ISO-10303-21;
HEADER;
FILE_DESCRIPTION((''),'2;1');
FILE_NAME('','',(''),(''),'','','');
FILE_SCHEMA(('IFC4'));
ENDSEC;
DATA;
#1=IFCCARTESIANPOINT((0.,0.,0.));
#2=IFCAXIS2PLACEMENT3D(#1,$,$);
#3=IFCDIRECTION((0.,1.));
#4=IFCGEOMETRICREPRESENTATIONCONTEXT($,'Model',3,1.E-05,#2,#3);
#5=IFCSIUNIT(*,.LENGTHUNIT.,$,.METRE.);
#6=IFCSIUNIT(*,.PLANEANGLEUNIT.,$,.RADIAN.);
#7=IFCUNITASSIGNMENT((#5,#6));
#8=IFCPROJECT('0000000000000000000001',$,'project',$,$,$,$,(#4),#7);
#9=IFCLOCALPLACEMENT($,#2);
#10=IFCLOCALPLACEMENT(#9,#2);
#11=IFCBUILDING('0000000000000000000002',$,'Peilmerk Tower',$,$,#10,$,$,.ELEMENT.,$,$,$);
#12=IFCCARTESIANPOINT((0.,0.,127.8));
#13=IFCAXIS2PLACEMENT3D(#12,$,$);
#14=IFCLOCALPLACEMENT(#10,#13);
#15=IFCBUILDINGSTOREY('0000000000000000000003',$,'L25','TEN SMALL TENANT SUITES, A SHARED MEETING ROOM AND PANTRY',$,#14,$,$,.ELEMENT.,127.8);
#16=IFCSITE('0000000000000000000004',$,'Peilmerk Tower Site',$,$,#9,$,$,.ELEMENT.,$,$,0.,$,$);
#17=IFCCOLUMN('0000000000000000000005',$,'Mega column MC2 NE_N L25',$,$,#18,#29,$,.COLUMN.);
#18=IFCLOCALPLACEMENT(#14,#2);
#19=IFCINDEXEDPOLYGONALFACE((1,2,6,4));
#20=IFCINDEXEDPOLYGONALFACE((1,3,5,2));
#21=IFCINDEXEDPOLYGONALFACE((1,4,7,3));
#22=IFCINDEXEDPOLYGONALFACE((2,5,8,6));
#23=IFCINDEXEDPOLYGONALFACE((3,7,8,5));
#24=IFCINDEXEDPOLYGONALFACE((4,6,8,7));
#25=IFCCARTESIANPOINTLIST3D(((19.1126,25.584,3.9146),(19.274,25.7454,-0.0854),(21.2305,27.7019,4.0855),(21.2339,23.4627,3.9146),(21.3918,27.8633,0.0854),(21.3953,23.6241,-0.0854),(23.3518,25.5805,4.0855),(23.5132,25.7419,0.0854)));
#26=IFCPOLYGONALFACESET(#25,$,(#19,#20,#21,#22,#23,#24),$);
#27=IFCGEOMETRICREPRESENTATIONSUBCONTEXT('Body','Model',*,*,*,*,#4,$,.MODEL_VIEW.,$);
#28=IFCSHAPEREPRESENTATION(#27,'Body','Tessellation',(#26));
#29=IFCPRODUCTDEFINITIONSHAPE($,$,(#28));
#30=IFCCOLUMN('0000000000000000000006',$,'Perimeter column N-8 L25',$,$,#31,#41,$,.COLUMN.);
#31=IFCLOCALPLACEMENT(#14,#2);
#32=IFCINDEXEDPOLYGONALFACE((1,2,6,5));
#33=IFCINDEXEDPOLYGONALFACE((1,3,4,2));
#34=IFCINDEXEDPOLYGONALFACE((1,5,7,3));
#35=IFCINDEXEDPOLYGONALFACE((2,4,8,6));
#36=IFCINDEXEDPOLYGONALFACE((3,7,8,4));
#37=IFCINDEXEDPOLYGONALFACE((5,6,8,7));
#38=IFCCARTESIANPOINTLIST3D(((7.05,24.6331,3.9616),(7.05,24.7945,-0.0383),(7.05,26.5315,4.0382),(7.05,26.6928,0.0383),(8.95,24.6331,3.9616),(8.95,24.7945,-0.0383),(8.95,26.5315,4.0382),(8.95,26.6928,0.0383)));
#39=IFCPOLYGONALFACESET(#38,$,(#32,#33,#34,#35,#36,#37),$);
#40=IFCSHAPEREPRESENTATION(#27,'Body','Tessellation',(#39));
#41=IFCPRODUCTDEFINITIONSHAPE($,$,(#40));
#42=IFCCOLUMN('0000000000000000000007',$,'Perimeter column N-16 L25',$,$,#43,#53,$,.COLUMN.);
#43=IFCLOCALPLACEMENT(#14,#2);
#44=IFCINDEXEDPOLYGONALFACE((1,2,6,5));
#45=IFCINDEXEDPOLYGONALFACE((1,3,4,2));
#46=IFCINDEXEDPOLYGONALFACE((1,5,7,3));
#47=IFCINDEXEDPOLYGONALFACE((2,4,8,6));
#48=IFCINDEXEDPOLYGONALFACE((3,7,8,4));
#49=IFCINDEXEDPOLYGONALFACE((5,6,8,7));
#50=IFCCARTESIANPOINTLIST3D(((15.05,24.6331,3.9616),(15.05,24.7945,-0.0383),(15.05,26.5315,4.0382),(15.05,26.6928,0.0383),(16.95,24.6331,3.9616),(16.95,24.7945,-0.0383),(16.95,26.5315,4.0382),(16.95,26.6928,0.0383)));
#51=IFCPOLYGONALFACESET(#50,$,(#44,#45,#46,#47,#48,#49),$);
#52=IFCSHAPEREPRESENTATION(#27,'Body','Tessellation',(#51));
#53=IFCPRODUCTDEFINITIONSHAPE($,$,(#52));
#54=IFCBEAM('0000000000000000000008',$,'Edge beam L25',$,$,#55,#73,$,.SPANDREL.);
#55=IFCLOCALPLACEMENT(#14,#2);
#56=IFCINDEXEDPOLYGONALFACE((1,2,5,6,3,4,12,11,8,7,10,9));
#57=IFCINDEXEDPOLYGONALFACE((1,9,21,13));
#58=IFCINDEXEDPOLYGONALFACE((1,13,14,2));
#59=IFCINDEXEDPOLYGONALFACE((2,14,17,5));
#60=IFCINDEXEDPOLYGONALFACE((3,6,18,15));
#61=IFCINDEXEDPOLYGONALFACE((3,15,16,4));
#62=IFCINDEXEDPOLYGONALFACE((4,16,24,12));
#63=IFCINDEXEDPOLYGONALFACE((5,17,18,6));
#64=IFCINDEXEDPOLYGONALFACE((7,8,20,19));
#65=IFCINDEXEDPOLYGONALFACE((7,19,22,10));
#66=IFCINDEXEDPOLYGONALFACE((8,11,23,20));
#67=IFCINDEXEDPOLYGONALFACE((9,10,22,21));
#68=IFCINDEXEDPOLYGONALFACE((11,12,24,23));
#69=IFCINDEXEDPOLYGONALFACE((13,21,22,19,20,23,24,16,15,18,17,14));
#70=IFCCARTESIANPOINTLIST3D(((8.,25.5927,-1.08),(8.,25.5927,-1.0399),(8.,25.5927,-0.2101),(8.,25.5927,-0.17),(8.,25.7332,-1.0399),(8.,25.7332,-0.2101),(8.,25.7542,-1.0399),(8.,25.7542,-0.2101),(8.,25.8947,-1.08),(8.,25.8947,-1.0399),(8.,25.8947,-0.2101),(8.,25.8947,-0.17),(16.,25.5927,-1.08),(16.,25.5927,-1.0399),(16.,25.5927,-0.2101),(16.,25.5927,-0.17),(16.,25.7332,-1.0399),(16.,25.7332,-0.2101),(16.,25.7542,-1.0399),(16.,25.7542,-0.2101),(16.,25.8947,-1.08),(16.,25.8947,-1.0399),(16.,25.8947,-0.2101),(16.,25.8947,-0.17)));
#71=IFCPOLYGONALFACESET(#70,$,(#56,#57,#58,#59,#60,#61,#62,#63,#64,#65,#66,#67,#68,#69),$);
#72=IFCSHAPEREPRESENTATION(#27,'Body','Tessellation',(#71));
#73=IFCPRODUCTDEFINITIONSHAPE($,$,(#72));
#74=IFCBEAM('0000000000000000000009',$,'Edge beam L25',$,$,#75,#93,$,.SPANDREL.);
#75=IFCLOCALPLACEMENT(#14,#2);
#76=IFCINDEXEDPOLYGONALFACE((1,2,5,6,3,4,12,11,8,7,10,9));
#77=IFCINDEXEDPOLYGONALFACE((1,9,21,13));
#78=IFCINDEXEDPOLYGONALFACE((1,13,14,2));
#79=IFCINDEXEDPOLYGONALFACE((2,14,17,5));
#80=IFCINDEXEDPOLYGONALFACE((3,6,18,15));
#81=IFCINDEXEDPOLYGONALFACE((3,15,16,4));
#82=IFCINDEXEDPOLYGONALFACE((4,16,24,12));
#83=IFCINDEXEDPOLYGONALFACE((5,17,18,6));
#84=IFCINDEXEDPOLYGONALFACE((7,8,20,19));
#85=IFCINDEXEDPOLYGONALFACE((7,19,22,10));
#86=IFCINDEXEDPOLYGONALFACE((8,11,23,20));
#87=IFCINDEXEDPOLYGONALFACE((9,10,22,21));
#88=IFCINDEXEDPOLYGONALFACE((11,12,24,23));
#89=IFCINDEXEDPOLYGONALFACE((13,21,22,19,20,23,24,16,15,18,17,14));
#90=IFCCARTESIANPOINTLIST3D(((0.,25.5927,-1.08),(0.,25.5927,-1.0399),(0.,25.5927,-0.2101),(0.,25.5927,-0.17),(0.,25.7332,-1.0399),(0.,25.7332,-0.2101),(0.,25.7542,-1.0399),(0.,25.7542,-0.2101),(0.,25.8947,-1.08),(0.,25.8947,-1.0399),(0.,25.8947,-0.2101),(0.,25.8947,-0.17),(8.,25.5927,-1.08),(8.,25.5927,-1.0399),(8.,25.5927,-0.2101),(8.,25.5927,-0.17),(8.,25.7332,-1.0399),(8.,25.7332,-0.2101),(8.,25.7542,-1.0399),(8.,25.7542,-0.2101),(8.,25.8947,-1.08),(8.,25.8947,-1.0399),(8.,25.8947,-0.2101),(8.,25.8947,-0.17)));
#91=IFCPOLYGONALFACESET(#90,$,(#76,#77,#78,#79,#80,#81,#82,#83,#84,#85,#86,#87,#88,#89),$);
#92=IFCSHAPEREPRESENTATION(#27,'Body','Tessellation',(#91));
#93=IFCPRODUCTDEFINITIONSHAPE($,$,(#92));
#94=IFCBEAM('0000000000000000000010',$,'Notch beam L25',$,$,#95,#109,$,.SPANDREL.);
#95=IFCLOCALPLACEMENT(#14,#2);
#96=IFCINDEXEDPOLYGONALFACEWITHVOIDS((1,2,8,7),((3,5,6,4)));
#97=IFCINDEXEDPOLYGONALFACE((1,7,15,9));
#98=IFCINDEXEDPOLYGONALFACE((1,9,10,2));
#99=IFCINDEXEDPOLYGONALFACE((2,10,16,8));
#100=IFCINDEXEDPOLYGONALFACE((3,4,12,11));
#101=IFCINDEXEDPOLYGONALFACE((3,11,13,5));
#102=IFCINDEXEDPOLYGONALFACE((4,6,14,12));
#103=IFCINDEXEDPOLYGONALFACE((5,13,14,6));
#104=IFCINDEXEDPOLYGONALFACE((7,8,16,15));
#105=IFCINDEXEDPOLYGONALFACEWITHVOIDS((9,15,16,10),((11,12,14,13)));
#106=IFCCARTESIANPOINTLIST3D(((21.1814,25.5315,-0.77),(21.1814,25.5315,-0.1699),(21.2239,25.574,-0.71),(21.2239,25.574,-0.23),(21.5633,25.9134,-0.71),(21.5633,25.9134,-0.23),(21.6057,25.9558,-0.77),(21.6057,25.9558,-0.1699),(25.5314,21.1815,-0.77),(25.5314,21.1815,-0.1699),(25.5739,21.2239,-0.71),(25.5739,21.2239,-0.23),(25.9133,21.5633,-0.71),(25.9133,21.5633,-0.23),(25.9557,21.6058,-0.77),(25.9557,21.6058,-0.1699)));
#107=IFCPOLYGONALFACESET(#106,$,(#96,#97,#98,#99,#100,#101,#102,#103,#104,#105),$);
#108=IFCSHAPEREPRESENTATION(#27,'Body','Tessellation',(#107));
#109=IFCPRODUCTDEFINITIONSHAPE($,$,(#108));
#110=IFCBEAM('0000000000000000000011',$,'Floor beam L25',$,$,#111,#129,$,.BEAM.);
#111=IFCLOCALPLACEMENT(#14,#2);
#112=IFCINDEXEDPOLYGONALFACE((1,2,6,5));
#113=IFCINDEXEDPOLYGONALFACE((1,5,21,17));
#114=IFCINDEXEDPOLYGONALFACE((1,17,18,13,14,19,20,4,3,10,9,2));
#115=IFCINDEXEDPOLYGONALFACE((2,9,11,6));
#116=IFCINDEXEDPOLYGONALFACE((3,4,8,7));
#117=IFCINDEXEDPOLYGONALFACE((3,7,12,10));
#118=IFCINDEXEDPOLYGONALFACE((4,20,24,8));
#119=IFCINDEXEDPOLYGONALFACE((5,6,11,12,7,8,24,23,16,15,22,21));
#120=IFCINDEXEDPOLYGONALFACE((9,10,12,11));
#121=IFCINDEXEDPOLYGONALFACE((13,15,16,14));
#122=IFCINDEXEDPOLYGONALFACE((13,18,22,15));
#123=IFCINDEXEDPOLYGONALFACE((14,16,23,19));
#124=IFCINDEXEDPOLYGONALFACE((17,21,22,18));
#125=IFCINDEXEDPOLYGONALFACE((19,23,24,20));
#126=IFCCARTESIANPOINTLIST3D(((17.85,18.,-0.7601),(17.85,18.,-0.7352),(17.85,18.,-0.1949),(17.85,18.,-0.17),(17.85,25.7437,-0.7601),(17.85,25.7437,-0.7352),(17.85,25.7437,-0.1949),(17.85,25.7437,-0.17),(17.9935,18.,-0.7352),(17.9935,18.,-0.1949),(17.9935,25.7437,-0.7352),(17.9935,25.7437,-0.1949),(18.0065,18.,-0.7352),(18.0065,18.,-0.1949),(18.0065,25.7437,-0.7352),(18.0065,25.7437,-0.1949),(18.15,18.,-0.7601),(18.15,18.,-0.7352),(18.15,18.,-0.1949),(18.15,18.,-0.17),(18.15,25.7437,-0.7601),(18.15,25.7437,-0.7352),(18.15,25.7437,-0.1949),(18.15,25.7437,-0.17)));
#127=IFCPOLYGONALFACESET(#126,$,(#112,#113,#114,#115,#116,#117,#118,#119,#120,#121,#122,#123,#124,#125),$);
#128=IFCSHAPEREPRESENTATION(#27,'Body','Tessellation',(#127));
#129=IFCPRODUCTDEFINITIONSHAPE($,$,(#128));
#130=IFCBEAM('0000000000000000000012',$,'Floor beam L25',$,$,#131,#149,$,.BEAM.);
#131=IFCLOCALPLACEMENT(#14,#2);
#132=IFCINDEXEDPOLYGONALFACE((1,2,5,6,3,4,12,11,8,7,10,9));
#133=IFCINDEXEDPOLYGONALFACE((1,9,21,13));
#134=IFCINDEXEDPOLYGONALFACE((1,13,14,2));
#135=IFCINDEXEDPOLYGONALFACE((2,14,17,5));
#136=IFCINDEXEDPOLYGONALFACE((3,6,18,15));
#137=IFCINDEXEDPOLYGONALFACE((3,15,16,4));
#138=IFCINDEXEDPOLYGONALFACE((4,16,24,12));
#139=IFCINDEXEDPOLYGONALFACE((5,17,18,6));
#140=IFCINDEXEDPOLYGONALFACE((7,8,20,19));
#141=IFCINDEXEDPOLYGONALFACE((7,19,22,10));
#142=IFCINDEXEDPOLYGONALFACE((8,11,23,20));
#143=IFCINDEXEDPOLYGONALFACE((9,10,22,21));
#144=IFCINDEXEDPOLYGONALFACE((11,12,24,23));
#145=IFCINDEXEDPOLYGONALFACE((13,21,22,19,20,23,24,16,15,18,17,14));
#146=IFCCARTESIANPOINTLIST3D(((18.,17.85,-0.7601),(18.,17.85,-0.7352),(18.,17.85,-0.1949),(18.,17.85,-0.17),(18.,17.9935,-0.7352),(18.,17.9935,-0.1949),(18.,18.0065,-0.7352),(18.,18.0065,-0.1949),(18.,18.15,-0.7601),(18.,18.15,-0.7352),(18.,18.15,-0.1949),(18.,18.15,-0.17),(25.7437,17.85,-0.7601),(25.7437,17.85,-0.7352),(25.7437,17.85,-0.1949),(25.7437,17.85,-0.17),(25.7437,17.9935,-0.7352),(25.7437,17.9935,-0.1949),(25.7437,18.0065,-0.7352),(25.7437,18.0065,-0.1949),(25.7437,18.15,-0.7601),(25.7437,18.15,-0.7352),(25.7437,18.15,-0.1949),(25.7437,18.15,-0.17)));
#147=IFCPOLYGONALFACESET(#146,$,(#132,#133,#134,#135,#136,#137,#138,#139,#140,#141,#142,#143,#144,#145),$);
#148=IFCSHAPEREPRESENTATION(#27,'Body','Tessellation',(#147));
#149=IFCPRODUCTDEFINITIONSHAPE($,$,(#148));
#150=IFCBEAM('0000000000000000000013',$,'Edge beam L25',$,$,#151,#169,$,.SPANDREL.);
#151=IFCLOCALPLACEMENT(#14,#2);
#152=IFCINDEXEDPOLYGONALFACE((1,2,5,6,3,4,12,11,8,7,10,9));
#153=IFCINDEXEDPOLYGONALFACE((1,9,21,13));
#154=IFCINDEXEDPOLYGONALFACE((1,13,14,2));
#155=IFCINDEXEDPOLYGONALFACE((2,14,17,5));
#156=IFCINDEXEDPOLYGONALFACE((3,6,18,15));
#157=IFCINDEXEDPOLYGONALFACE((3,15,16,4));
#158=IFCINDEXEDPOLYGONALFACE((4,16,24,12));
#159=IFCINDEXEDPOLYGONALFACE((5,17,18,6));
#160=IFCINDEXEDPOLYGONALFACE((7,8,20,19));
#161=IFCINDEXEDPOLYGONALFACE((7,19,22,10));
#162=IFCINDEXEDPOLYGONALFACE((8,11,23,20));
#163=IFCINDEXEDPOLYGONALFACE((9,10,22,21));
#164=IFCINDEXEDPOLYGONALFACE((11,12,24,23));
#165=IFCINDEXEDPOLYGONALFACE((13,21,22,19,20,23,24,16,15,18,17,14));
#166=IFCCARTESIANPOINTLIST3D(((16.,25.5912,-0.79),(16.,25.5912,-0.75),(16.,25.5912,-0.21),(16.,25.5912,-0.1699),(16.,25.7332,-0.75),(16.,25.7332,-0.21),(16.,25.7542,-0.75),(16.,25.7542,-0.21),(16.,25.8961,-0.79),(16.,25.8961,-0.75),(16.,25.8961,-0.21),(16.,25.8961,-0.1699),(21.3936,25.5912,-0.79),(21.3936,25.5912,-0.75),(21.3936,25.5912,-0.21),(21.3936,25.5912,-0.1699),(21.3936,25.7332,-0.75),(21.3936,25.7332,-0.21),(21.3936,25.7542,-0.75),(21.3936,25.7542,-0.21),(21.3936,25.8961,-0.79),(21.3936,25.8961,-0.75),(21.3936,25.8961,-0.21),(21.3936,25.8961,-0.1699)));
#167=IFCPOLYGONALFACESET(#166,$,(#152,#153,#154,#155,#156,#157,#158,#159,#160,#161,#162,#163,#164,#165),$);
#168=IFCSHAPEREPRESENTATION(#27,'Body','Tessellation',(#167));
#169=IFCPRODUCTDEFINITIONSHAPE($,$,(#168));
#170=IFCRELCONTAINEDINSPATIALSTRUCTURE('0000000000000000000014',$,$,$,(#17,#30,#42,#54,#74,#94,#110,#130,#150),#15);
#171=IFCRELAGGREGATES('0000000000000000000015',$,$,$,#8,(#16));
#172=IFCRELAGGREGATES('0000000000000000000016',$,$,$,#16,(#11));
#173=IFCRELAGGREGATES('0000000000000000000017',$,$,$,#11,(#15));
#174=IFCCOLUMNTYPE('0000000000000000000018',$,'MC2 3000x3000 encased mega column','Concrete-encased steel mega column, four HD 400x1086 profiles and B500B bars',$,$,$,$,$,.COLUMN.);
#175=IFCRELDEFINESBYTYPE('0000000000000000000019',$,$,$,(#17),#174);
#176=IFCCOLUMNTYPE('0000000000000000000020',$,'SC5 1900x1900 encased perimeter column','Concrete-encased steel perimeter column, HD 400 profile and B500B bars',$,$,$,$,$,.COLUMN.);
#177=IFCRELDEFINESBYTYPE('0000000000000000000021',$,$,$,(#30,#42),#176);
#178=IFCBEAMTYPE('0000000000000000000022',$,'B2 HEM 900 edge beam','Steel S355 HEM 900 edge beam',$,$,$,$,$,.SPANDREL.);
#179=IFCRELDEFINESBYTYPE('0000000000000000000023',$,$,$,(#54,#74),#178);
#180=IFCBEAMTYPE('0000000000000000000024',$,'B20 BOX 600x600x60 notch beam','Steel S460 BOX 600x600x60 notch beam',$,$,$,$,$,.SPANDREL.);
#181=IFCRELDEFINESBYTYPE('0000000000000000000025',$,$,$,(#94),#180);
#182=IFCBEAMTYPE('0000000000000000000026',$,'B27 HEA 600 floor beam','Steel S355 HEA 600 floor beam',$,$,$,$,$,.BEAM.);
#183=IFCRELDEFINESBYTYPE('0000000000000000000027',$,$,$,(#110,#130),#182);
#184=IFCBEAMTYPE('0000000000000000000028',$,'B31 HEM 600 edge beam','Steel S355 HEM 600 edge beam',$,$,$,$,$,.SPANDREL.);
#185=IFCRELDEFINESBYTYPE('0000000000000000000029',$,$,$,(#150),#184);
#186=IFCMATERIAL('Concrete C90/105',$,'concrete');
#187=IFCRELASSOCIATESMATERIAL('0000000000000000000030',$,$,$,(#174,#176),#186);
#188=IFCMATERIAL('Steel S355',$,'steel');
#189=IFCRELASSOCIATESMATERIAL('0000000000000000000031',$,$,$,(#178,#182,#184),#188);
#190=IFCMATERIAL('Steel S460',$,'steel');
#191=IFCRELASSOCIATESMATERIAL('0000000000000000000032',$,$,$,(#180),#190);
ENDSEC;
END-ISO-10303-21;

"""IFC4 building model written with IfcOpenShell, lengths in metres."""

from ifc_helpers import new_model, si_unit, direction, frame, origin, origin_2d, place, context, subcontext, project, spatial, rectangle, hollow_rectangle, i_section, extrude, material, material_profile, profile_set, type_object, element, save


model = new_model("IFC4")

# Units and contexts
model_context = context("Model", 3, precision=1e-05, world=origin(), true_north=direction((0.0, 1.0)))
body_context = subcontext(model_context, "Body", "Model", "MODEL_VIEW")
ifc_project = project(units=[si_unit("LENGTHUNIT", "METRE"), si_unit("PLANEANGLEUNIT", "RADIAN")], contexts=[model_context])

# Site, building, storey
site_placement = place(None, origin())
site = spatial("IfcSite", under=ifc_project, at=site_placement, Name="Peilmerk Tower Site", CompositionType="ELEMENT", RefElevation=0.0)
building_placement = place(site_placement, origin())
building = spatial("IfcBuilding", under=site, at=building_placement, Name="Peilmerk Tower", CompositionType="ELEMENT")
storey_placement = place(building_placement, frame((0.0, 0.0, 127.8)))
storey = spatial("IfcBuildingStorey", under=building, at=storey_placement, Name="L25", Description="TEN SMALL TENANT SUITES, A SHARED MEETING ROOM AND PANTRY", CompositionType="ELEMENT", Elevation=127.8)

# Columns
ifc_material_1 = material(Name="Concrete C90/105", Category="concrete")
ifc_material_profile_1 = material_profile(ifc_material_1, rectangle(XDim=3.0, YDim=3.0, at=origin_2d()), Name="RC 3000x3000")
ifc_profile_set_1 = profile_set([ifc_material_profile_1], Name="Concrete C90/105")
column_type_1 = type_object("IfcColumnType", Name="MC2 3000x3000 encased mega column", Description="Concrete-encased steel mega column, four HD 400x1086 profiles and B500B bars", PredefinedType="COLUMN", material=ifc_profile_set_1)
column_placement = place(storey_placement, frame((21.3936, 25.7437, 0.0), z_axis=(-0.040279, -0.040279, 0.998376), x_axis=(0.707107, -0.707107, 0.0)))
element("IfcColumn", 1, at=column_placement, inside=storey, type_object=column_type_1, Name="Mega column MC2 NE_N L25", PredefinedType="COLUMN", context=body_context, shape_type="SweptSolid", body=[
    extrude(rectangle(XDim=3.0, YDim=3.0, at=origin_2d()), origin(), (0.0, 0.0, 1.0), 4.0066),
])
ifc_material_profile_2 = material_profile(ifc_material_1, rectangle(XDim=1.8999, YDim=1.8999, at=origin_2d()), Name="RC 1900x1900")
ifc_profile_set_2 = profile_set([ifc_material_profile_2], Name="Concrete C90/105")
column_type_2 = type_object("IfcColumnType", Name="SC5 1900x1900 encased perimeter column", Description="Concrete-encased steel perimeter column, HD 400 profile and B500B bars", PredefinedType="COLUMN", material=ifc_profile_set_2)
for number, where, z_axis, x_axis, name in (
    (2, (8.0, 25.7437, 0.0), (0.0, -0.040311, 0.999187), (1.0, 0.0, 0.0), "Perimeter column N-8 L25"),
    (3, (16.0, 25.7437, 0.0), (0.0, -0.040311, 0.999187), (1.0, 0.0, 0.0), "Perimeter column N-16 L25"),
):
    element("IfcColumn", number, at=place(storey_placement, frame(where, z_axis=z_axis, x_axis=x_axis)), inside=storey, type_object=column_type_2, Name=name, PredefinedType="COLUMN", context=body_context, shape_type="SweptSolid", body=[
        extrude(rectangle(XDim=1.8999, YDim=1.8999, at=origin_2d()), origin(), (0.0, 0.0, 1.0), 4.0032),
    ])

# Beams
ifc_material_2 = material(Name="Steel S355", Category="steel")
ifc_material_profile_3 = material_profile(ifc_material_2, i_section(OverallWidth=0.302, OverallDepth=0.9099, WebThickness=0.021, FlangeThickness=0.04, at=origin_2d()), Name="HEM 900")
ifc_profile_set_3 = profile_set([ifc_material_profile_3], Name="Steel S355")
beam_type_1 = type_object("IfcBeamType", Name="B2 HEM 900 edge beam", Description="Steel S355 HEM 900 edge beam", PredefinedType="SPANDREL", material=ifc_profile_set_3)
for number, where, z_axis, x_axis, name in (
    (4, (16.0, 25.7437, -0.625), (-1.0, 0.0, 0.0), (0.0, -1.0, 0.0), "Edge beam L25"),
    (5, (8.0, 25.7437, -0.625), (-1.0, 0.0, 0.0), (0.0, -1.0, 0.0), "Edge beam L25"),
):
    element("IfcBeam", number, at=place(storey_placement, frame(where, z_axis=z_axis, x_axis=x_axis)), inside=storey, type_object=beam_type_1, Name=name, PredefinedType="SPANDREL", context=body_context, shape_type="SweptSolid", body=[
        extrude(i_section(OverallWidth=0.302, OverallDepth=0.9099, WebThickness=0.021, FlangeThickness=0.04, at=origin_2d()), origin(), (0.0, 0.0, 1.0), 8.0),
    ])
ifc_material_3 = material(Name="Steel S460", Category="steel")
ifc_material_profile_4 = material_profile(ifc_material_3, hollow_rectangle(XDim=0.6001, YDim=0.6001, WallThickness=0.0601, at=origin_2d()), Name="BOX 600x600x60")
ifc_profile_set_4 = profile_set([ifc_material_profile_4], Name="Steel S460")
beam_type_2 = type_object("IfcBeamType", Name="B20 BOX 600x600x60 notch beam", Description="Steel S460 BOX 600x600x60 notch beam", PredefinedType="SPANDREL", material=ifc_profile_set_4)
beam_1_placement = place(storey_placement, frame((21.3936, 25.7437, -0.47), z_axis=(0.707107, -0.707107, 0.0), x_axis=(0.707107, 0.707107, 0.0)))
element("IfcBeam", 6, at=beam_1_placement, inside=storey, type_object=beam_type_2, Name="Notch beam L25", PredefinedType="SPANDREL", context=body_context, shape_type="SweptSolid", body=[
    extrude(hollow_rectangle(XDim=0.6001, YDim=0.6001, WallThickness=0.0601, at=origin_2d()), origin(), (0.0, 0.0, 1.0), 6.1519),
])
ifc_material_profile_5 = material_profile(ifc_material_2, i_section(OverallWidth=0.3, OverallDepth=0.5901, WebThickness=0.0129, FlangeThickness=0.0249, at=origin_2d()), Name="HEA 600")
ifc_profile_set_5 = profile_set([ifc_material_profile_5], Name="Steel S355")
beam_type_3 = type_object("IfcBeamType", Name="B27 HEA 600 floor beam", Description="Steel S355 HEA 600 floor beam", PredefinedType="BEAM", material=ifc_profile_set_5)
for number, where, z_axis, x_axis, name in (
    (7, (18.0, 18.0, -0.4651), (0.0, 1.0, 0.0), (-1.0, 0.0, 0.0), "Floor beam L25"),
    (8, (18.0, 18.0, -0.4651), (1.0, 0.0, 0.0), (0.0, 1.0, 0.0), "Floor beam L25"),
):
    element("IfcBeam", number, at=place(storey_placement, frame(where, z_axis=z_axis, x_axis=x_axis)), inside=storey, type_object=beam_type_3, Name=name, PredefinedType="BEAM", context=body_context, shape_type="SweptSolid", body=[
        extrude(i_section(OverallWidth=0.3, OverallDepth=0.5901, WebThickness=0.0129, FlangeThickness=0.0249, at=origin_2d()), origin(), (0.0, 0.0, 1.0), 7.7437),
    ])
ifc_material_profile_6 = material_profile(ifc_material_2, i_section(OverallWidth=0.3049, OverallDepth=0.6201, WebThickness=0.021, FlangeThickness=0.04, at=origin_2d()), Name="HEM 600")
ifc_profile_set_6 = profile_set([ifc_material_profile_6], Name="Steel S355")
beam_type_4 = type_object("IfcBeamType", Name="B31 HEM 600 edge beam", Description="Steel S355 HEM 600 edge beam", PredefinedType="SPANDREL", material=ifc_profile_set_6)
beam_2_placement = place(storey_placement, frame((21.3936, 25.7437, -0.48), z_axis=(-1.0, 0.0, 0.0), x_axis=(0.0, -1.0, 0.0)))
element("IfcBeam", 9, at=beam_2_placement, inside=storey, type_object=beam_type_4, Name="Edge beam L25", PredefinedType="SPANDREL", context=body_context, shape_type="SweptSolid", body=[
    extrude(i_section(OverallWidth=0.3049, OverallDepth=0.6201, WebThickness=0.021, FlangeThickness=0.04, at=origin_2d()), origin(), (0.0, 0.0, 1.0), 5.3936),
])

save(model, "model.ifc")
